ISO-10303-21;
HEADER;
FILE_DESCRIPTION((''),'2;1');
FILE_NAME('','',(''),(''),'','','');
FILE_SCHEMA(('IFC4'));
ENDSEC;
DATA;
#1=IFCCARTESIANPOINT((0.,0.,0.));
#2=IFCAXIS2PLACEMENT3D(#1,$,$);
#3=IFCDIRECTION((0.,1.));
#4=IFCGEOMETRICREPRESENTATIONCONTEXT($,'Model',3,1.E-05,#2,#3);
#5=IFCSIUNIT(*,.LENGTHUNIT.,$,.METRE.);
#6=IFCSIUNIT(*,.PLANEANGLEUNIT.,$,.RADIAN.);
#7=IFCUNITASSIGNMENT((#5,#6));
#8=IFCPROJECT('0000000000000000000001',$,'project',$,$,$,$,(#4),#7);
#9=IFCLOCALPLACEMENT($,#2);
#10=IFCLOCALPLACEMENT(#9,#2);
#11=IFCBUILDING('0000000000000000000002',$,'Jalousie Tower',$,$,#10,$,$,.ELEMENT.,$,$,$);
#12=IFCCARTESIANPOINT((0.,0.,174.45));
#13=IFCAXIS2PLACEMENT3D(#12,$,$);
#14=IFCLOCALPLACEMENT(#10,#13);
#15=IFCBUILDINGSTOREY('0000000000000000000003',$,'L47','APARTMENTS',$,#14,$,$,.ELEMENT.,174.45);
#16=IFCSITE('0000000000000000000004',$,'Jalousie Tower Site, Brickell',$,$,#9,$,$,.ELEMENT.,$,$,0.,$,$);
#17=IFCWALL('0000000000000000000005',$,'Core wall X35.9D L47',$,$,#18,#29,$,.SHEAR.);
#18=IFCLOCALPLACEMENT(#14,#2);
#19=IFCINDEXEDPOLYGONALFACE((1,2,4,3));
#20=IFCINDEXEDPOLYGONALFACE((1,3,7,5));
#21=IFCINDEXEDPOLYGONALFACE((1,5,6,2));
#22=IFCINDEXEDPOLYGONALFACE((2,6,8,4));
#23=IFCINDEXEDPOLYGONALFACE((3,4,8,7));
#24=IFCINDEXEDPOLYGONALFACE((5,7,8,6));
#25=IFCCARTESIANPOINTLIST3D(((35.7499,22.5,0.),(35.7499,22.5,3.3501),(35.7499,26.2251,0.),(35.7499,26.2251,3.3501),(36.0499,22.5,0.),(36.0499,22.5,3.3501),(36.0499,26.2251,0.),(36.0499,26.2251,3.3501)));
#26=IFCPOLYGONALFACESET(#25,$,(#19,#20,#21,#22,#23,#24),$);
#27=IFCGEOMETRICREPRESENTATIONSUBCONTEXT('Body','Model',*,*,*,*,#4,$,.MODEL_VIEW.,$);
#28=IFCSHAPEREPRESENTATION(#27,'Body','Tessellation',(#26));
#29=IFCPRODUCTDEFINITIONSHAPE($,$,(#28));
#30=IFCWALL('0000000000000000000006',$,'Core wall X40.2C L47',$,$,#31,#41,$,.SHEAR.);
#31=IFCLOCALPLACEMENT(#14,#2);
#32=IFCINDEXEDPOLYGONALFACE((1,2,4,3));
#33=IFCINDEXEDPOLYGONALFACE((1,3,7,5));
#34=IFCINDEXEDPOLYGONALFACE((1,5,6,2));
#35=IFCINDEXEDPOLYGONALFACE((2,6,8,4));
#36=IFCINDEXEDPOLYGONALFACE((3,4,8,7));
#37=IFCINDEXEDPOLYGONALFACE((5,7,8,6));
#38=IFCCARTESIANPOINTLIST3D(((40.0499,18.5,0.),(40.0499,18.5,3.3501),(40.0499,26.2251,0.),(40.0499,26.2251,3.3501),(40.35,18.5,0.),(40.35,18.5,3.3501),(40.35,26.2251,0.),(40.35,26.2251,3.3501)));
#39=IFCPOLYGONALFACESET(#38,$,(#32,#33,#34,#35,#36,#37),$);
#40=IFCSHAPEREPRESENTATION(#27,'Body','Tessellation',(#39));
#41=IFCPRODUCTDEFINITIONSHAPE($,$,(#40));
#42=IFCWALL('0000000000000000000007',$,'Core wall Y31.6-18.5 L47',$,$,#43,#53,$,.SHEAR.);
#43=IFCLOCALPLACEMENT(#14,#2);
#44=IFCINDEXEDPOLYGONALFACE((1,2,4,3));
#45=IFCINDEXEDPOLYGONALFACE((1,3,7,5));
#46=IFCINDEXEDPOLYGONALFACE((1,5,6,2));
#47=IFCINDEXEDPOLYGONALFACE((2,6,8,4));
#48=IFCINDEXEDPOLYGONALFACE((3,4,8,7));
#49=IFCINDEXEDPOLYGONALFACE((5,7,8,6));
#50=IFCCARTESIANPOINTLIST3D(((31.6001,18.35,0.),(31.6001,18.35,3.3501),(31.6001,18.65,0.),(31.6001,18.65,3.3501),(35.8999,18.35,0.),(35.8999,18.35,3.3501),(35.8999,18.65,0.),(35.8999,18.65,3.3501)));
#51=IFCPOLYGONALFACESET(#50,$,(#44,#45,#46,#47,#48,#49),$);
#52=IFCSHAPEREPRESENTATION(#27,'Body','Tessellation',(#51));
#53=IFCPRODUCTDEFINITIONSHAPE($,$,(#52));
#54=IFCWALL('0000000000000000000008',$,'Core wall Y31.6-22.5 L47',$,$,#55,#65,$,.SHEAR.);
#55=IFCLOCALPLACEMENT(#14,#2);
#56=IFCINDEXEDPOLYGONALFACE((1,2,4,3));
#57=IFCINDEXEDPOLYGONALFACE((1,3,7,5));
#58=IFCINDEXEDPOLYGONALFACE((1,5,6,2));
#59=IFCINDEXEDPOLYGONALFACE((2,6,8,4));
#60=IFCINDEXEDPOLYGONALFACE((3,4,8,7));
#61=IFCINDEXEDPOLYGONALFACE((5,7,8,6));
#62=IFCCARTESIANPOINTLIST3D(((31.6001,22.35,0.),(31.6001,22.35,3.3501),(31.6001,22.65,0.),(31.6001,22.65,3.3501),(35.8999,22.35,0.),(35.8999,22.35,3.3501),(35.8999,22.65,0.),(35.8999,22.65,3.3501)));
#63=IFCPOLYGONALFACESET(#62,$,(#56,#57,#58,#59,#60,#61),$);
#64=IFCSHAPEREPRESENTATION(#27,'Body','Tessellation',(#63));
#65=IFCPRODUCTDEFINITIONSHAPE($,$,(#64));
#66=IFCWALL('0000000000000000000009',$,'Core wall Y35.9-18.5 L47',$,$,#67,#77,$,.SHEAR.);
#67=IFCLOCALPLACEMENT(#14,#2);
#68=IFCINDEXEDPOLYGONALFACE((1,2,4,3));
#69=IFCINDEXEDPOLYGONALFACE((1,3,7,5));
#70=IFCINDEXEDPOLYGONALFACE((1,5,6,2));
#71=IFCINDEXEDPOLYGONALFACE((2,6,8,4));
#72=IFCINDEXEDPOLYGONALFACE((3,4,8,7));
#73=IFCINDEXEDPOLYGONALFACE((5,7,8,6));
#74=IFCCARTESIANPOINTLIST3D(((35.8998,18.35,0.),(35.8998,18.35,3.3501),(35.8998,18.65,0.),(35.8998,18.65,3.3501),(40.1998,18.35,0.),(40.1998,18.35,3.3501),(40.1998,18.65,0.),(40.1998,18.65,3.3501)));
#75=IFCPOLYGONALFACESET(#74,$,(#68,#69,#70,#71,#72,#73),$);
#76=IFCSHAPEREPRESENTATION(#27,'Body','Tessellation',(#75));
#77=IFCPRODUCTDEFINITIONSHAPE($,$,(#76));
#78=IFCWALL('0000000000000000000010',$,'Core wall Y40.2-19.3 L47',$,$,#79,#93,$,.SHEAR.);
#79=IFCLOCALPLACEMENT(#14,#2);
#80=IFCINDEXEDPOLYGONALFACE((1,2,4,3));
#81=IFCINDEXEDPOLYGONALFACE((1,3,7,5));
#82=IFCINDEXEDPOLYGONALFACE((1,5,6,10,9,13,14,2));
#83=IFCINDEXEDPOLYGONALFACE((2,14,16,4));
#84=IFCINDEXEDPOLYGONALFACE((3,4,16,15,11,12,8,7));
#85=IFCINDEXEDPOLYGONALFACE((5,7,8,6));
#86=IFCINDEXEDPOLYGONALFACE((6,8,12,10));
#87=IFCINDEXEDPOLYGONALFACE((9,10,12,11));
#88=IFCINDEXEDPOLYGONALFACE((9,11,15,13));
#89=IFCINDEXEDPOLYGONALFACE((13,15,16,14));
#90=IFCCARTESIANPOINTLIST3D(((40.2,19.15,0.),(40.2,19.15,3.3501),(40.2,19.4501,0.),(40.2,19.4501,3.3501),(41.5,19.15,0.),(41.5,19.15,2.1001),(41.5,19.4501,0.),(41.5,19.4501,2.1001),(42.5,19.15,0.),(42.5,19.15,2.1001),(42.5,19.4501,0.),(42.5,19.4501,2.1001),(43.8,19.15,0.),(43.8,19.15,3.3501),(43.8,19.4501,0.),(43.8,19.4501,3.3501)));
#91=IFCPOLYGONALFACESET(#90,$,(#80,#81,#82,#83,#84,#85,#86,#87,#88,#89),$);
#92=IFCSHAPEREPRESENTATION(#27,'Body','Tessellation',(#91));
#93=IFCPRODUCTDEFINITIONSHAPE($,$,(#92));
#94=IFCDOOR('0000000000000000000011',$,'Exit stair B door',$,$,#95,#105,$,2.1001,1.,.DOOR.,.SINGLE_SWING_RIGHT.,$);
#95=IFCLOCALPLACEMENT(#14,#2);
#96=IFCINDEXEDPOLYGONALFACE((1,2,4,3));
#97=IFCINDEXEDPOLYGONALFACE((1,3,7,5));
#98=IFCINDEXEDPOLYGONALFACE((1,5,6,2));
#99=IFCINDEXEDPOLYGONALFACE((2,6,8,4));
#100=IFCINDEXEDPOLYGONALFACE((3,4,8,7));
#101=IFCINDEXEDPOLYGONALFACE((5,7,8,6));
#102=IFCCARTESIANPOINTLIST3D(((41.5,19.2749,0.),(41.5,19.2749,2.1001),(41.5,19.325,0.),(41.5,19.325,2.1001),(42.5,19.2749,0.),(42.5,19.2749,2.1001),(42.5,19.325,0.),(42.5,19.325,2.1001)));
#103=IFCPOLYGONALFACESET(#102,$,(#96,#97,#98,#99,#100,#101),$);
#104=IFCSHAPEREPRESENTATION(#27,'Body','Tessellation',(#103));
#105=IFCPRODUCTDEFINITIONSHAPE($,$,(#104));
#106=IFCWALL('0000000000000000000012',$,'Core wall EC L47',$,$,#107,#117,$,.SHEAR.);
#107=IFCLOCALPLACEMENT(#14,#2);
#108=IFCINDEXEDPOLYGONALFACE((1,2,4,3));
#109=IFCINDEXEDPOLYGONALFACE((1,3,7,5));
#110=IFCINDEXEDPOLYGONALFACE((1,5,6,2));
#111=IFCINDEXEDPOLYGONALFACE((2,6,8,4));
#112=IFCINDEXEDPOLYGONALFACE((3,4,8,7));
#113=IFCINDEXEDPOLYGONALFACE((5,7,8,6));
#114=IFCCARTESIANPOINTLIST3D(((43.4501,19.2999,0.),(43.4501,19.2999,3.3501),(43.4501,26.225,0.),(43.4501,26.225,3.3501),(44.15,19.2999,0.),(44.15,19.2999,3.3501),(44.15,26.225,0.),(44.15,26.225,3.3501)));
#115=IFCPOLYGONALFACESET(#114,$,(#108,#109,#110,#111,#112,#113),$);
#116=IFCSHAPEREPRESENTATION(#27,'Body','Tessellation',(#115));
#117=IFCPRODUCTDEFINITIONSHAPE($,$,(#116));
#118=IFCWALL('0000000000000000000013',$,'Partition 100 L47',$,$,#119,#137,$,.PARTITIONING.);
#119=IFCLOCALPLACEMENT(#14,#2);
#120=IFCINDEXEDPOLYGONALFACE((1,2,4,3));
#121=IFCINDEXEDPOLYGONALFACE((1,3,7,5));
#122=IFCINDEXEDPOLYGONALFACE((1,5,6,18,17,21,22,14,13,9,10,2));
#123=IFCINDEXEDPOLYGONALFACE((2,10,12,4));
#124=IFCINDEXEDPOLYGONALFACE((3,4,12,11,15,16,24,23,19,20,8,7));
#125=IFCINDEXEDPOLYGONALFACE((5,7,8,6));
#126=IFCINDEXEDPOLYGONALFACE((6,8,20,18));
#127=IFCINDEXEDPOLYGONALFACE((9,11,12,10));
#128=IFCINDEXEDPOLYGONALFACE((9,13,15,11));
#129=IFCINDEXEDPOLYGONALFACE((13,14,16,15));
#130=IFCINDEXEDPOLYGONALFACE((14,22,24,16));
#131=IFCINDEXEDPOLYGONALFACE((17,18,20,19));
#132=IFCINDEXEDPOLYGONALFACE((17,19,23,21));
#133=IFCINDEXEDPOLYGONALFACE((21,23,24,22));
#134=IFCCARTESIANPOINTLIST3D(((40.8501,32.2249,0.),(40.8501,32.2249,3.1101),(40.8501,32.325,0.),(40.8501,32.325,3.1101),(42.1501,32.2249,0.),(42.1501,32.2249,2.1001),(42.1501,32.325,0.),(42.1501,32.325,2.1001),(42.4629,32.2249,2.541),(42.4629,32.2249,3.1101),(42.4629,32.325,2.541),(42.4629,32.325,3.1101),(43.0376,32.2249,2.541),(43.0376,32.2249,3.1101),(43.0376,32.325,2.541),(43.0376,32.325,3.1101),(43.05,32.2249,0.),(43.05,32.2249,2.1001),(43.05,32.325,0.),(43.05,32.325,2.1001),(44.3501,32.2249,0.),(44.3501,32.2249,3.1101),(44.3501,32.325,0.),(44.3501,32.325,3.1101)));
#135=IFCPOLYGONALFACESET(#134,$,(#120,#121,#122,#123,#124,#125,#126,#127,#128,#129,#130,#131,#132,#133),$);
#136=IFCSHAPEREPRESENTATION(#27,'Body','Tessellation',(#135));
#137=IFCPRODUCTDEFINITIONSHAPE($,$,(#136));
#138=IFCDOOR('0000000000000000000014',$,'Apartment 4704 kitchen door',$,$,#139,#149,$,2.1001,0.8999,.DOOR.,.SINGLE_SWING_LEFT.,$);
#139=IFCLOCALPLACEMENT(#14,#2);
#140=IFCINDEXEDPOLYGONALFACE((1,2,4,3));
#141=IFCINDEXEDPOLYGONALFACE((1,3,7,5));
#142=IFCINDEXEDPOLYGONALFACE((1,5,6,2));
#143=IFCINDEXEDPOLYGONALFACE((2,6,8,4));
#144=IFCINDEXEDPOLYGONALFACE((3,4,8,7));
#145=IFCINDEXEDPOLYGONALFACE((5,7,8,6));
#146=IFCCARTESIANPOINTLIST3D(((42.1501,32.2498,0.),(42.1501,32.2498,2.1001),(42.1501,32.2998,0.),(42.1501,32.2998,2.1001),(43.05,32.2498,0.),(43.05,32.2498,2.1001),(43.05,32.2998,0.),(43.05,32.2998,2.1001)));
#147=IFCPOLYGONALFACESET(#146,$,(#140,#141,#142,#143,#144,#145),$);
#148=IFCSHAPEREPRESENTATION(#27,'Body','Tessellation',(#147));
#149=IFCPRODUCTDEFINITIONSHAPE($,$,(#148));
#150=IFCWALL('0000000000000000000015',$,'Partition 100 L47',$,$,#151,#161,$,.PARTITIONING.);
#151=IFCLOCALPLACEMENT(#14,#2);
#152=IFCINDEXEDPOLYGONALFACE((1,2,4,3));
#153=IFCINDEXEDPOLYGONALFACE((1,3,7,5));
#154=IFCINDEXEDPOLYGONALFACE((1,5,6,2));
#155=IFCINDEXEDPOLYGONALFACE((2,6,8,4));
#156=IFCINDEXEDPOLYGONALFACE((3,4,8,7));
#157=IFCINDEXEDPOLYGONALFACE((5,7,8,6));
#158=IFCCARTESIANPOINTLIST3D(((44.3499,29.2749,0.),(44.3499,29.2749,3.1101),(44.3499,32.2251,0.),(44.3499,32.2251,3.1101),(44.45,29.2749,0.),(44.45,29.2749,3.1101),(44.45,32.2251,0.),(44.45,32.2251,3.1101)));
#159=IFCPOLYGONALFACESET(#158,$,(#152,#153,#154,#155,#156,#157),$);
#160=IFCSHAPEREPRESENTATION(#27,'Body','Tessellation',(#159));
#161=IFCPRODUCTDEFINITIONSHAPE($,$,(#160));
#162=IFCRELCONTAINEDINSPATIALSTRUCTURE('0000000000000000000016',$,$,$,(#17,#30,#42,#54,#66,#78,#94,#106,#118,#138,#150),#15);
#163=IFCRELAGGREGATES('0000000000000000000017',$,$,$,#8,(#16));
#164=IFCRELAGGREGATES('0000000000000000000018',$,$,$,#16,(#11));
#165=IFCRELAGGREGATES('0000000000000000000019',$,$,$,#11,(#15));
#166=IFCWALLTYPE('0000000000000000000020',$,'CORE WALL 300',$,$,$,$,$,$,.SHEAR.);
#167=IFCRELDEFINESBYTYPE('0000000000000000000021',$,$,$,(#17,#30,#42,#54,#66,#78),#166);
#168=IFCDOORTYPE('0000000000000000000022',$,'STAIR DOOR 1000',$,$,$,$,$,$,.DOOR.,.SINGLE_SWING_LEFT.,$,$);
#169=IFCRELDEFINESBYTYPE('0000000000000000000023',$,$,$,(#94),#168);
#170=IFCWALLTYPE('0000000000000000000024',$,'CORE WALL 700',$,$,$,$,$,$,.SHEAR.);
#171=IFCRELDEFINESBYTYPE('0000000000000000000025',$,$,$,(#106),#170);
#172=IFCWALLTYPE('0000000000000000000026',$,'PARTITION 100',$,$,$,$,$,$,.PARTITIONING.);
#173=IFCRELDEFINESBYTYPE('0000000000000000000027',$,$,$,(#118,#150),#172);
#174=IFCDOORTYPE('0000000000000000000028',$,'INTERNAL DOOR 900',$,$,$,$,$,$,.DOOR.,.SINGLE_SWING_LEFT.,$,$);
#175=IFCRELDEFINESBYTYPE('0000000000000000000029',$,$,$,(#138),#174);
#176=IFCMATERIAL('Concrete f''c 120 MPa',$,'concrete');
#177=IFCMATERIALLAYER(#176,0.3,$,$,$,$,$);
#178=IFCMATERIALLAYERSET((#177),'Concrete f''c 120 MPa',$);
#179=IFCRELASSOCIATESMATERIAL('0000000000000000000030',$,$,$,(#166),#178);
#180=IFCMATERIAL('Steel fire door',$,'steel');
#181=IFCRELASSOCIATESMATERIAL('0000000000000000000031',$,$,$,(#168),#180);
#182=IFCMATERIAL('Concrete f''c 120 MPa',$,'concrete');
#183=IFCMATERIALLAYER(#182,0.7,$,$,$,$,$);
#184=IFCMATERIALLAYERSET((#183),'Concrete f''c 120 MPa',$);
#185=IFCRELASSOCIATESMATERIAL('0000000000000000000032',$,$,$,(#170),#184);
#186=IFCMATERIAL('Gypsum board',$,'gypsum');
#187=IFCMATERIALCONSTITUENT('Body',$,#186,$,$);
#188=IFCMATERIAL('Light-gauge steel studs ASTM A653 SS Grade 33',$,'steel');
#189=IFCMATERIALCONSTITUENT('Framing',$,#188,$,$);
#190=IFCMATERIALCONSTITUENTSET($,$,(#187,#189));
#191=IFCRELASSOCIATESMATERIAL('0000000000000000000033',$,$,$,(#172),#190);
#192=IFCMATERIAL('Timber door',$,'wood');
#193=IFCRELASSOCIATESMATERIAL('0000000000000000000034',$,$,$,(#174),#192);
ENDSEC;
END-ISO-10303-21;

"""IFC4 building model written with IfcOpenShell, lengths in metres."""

from ifc_helpers import new_model, si_unit, direction, frame, frame_2d, origin, place, context, subcontext, project, spatial, polyline, rectangle, outline, extrude, material, layer, layer_set, constituent, constituent_set, type_object, element, fill, save


model = new_model("IFC4")

# Units and contexts
model_context = context("Model", 3, precision=1e-05, world=origin(), true_north=direction((0.0, 1.0)))
body_context = subcontext(model_context, "Body", "Model", "MODEL_VIEW")
ifc_project = project(units=[si_unit("LENGTHUNIT", "METRE"), si_unit("PLANEANGLEUNIT", "RADIAN")], contexts=[model_context])

# Site, building, storey
site_placement = place(None, origin())
site = spatial("IfcSite", under=ifc_project, at=site_placement, Name="Jalousie Tower Site, Brickell", CompositionType="ELEMENT", RefElevation=0.0)
building_placement = place(site_placement, origin())
building = spatial("IfcBuilding", under=site, at=building_placement, Name="Jalousie Tower", CompositionType="ELEMENT")
storey_placement = place(building_placement, frame((0.0, 0.0, 174.45)))
storey = spatial("IfcBuildingStorey", under=building, at=storey_placement, Name="L47", Description="APARTMENTS", CompositionType="ELEMENT", Elevation=174.45)

# Walls
ifc_material_1 = material(Name="Concrete f'c 120 MPa", Category="concrete")
ifc_layer_1 = layer(ifc_material_1, 0.3)
ifc_layer_set_1 = layer_set([ifc_layer_1], Name="Concrete f'c 120 MPa")
wall_type_1 = type_object("IfcWallType", Name="CORE WALL 300", PredefinedType="SHEAR", material=ifc_layer_set_1)
wall_1_placement = place(storey_placement, frame((35.8999, 22.5, 0.0), z_axis=(0.0, 0.0, 1.0), x_axis=(0.0, 1.0, 0.0)))
element("IfcWall", 1, at=wall_1_placement, inside=storey, type_object=wall_type_1, Name="Core wall X35.9D L47", PredefinedType="SHEAR", context=body_context, shape_type="SweptSolid", body=[
    extrude(rectangle(XDim=3.7251, YDim=0.3, at=frame_2d((1.8625, 0.0))), origin(), (0.0, 0.0, 1.0), 3.3501),
])
wall_2_placement = place(storey_placement, frame((40.2, 18.5, 0.0), z_axis=(0.0, 0.0, 1.0), x_axis=(0.0, 1.0, 0.0)))
element("IfcWall", 2, at=wall_2_placement, inside=storey, type_object=wall_type_1, Name="Core wall X40.2C L47", PredefinedType="SHEAR", context=body_context, shape_type="SweptSolid", body=[
    extrude(rectangle(XDim=7.7251, YDim=0.3, at=frame_2d((3.8625, 0.0))), origin(), (0.0, 0.0, 1.0), 3.3501),
])
for number, where, z_axis, x_axis, name in (
    (3, (31.6001, 18.5, 0.0), (0.0, 0.0, 1.0), (1.0, 0.0, 0.0), "Core wall Y31.6-18.5 L47"),
    (4, (31.6001, 22.5, 0.0), (0.0, 0.0, 1.0), (1.0, 0.0, 0.0), "Core wall Y31.6-22.5 L47"),
):
    element("IfcWall", number, at=place(storey_placement, frame(where, z_axis=z_axis, x_axis=x_axis)), inside=storey, type_object=wall_type_1, Name=name, PredefinedType="SHEAR", context=body_context, shape_type="SweptSolid", body=[
        extrude(rectangle(XDim=4.2998, YDim=0.3, at=frame_2d((2.1499, 0.0))), origin(), (0.0, 0.0, 1.0), 3.3501),
    ])
wall_3_placement = place(storey_placement, frame((35.8999, 18.5, 0.0), z_axis=(0.0, 0.0, 1.0), x_axis=(1.0, 0.0, 0.0)))
element("IfcWall", 5, at=wall_3_placement, inside=storey, type_object=wall_type_1, Name="Core wall Y35.9-18.5 L47", PredefinedType="SHEAR", context=body_context, shape_type="SweptSolid", body=[
    extrude(rectangle(XDim=4.3, YDim=0.3, at=frame_2d((2.1499, 0.0))), origin(), (0.0, 0.0, 1.0), 3.3501),
])

# Wall, opening, door
wall_4_placement = place(storey_placement, frame((40.2, 19.3, 0.0), z_axis=(0.0, 0.0, 1.0), x_axis=(1.0, 0.0, 0.0)))
wall_4 = element("IfcWall", 6, at=wall_4_placement, inside=storey, type_object=wall_type_1, Name="Core wall Y40.2-19.3 L47", PredefinedType="SHEAR", context=body_context, shape_type="SweptSolid", body=[
    extrude(rectangle(XDim=3.6001, YDim=0.3, at=frame_2d((1.8, 0.0))), origin(), (0.0, 0.0, 1.0), 3.3501),
])
opening_1_placement = place(wall_4_placement, frame((1.3, 0.0, 0.0)))
opening_1 = element("IfcOpeningElement", 7, at=opening_1_placement, cuts=wall_4, PredefinedType="OPENING", context=body_context, shape_type="SweptSolid", body=[
    extrude(rectangle(XDim=1.0, YDim=2.1001, at=frame_2d((0.5, 1.05))), frame((0.0, 0.1599, 0.0), z_axis=(0.0, -1.0, 0.0), x_axis=(1.0, 0.0, 0.0)), (0.0, 0.0, 1.0), 0.3201),
])
ifc_material_2 = material(Name="Steel fire door", Category="steel")
door_type_1 = type_object("IfcDoorType", Name="STAIR DOOR 1000", OperationType="SINGLE_SWING_LEFT", PredefinedType="DOOR", material=ifc_material_2)
door_1_placement = place(opening_1_placement, origin())
door_1 = element("IfcDoor", 8, at=door_1_placement, inside=storey, type_object=door_type_1, Name="Exit stair B door", OperationType="SINGLE_SWING_RIGHT", OverallHeight=2.1001, OverallWidth=1.0, PredefinedType="DOOR", context=body_context, shape_type="SweptSolid", body=[
    extrude(rectangle(XDim=1.0, YDim=2.1001, at=frame_2d((0.5, 1.05))), frame((0.0, 0.0249, 0.0), z_axis=(0.0, -1.0, 0.0), x_axis=(1.0, 0.0, 0.0)), (0.0, 0.0, 1.0), 0.05),
])
fill(opening_1, door_1)

# Wall
ifc_material_3 = material(Name="Concrete f'c 120 MPa", Category="concrete")
ifc_layer_2 = layer(ifc_material_3, 0.7)
ifc_layer_set_2 = layer_set([ifc_layer_2], Name="Concrete f'c 120 MPa")
wall_type_2 = type_object("IfcWallType", Name="CORE WALL 700", PredefinedType="SHEAR", material=ifc_layer_set_2)
wall_5_placement = place(storey_placement, frame((43.8, 19.3, 0.0), z_axis=(0.0, 0.0, 1.0), x_axis=(0.0, 1.0, 0.0)))
element("IfcWall", 9, at=wall_5_placement, inside=storey, type_object=wall_type_2, Name="Core wall EC L47", PredefinedType="SHEAR", context=body_context, shape_type="SweptSolid", body=[
    extrude(rectangle(XDim=6.925, YDim=0.7, at=frame_2d((3.4624, 0.0))), origin(), (0.0, 0.0, 1.0), 3.3501),
])

# Wall, opening, door
ifc_material_4 = material(Name="Gypsum board", Category="gypsum")
ifc_constituent_1 = constituent(ifc_material_4, Name="Body")
ifc_material_5 = material(Name="Light-gauge steel studs ASTM A653 SS Grade 33", Category="steel")
ifc_constituent_2 = constituent(ifc_material_5, Name="Framing")
ifc_constituent_set_1 = constituent_set(constituents=[ifc_constituent_1, ifc_constituent_2])
wall_type_3 = type_object("IfcWallType", Name="PARTITION 100", PredefinedType="PARTITIONING", material=ifc_constituent_set_1)
wall_6_placement = place(storey_placement, frame((40.8501, 32.2749, 0.0), z_axis=(0.0, 0.0, 1.0), x_axis=(1.0, 0.0, 0.0)))
wall_6 = element("IfcWall", 10, at=wall_6_placement, inside=storey, type_object=wall_type_3, Name="Partition 100 L47", PredefinedType="PARTITIONING", context=body_context, shape_type="SweptSolid", body=[
    extrude(outline(polyline([(0.0, 0.0), (3.5, 0.0), (3.5, 3.1101), (2.1875, 3.1101), (2.1875, 2.541), (1.6128, 2.541), (1.6128, 3.1101), (0.0, 3.1101), (0.0, 0.0)])), frame((0.0, 0.05, 0.0), z_axis=(0.0, -1.0, 0.0), x_axis=(1.0, 0.0, 0.0)), (0.0, 0.0, 1.0), 0.1001),
])
opening_2_placement = place(wall_6_placement, frame((1.3, 0.0, 0.0)))
opening_2 = element("IfcOpeningElement", 11, at=opening_2_placement, cuts=wall_6, PredefinedType="OPENING", context=body_context, shape_type="SweptSolid", body=[
    extrude(rectangle(XDim=0.8999, YDim=2.1001, at=frame_2d((0.45, 1.05))), frame((0.0, 0.0601, 0.0), z_axis=(0.0, -1.0, 0.0), x_axis=(1.0, 0.0, 0.0)), (0.0, 0.0, 1.0), 0.1201),
])
ifc_material_6 = material(Name="Timber door", Category="wood")
door_type_2 = type_object("IfcDoorType", Name="INTERNAL DOOR 900", OperationType="SINGLE_SWING_LEFT", PredefinedType="DOOR", material=ifc_material_6)
door_2_placement = place(opening_2_placement, origin())
door_2 = element("IfcDoor", 12, at=door_2_placement, inside=storey, type_object=door_type_2, Name="Apartment 4704 kitchen door", OperationType="SINGLE_SWING_LEFT", OverallHeight=2.1001, OverallWidth=0.8999, PredefinedType="DOOR", context=body_context, shape_type="SweptSolid", body=[
    extrude(rectangle(XDim=0.8999, YDim=2.1001, at=frame_2d((0.45, 1.05))), frame((0.0, 0.0249, 0.0), z_axis=(0.0, -1.0, 0.0), x_axis=(1.0, 0.0, 0.0)), (0.0, 0.0, 1.0), 0.05),
])
fill(opening_2, door_2)

# Wall
wall_7_placement = place(storey_placement, frame((44.3999, 32.2251, 0.0), z_axis=(0.0, 0.0, 1.0), x_axis=(0.0, -1.0, 0.0)))
element("IfcWall", 13, at=wall_7_placement, inside=storey, type_object=wall_type_3, Name="Partition 100 L47", PredefinedType="PARTITIONING", context=body_context, shape_type="SweptSolid", body=[
    extrude(rectangle(XDim=2.9502, YDim=0.1001, at=frame_2d((1.4751, 0.0))), origin(), (0.0, 0.0, 1.0), 3.1101),
])

save(model, "model.ifc")
